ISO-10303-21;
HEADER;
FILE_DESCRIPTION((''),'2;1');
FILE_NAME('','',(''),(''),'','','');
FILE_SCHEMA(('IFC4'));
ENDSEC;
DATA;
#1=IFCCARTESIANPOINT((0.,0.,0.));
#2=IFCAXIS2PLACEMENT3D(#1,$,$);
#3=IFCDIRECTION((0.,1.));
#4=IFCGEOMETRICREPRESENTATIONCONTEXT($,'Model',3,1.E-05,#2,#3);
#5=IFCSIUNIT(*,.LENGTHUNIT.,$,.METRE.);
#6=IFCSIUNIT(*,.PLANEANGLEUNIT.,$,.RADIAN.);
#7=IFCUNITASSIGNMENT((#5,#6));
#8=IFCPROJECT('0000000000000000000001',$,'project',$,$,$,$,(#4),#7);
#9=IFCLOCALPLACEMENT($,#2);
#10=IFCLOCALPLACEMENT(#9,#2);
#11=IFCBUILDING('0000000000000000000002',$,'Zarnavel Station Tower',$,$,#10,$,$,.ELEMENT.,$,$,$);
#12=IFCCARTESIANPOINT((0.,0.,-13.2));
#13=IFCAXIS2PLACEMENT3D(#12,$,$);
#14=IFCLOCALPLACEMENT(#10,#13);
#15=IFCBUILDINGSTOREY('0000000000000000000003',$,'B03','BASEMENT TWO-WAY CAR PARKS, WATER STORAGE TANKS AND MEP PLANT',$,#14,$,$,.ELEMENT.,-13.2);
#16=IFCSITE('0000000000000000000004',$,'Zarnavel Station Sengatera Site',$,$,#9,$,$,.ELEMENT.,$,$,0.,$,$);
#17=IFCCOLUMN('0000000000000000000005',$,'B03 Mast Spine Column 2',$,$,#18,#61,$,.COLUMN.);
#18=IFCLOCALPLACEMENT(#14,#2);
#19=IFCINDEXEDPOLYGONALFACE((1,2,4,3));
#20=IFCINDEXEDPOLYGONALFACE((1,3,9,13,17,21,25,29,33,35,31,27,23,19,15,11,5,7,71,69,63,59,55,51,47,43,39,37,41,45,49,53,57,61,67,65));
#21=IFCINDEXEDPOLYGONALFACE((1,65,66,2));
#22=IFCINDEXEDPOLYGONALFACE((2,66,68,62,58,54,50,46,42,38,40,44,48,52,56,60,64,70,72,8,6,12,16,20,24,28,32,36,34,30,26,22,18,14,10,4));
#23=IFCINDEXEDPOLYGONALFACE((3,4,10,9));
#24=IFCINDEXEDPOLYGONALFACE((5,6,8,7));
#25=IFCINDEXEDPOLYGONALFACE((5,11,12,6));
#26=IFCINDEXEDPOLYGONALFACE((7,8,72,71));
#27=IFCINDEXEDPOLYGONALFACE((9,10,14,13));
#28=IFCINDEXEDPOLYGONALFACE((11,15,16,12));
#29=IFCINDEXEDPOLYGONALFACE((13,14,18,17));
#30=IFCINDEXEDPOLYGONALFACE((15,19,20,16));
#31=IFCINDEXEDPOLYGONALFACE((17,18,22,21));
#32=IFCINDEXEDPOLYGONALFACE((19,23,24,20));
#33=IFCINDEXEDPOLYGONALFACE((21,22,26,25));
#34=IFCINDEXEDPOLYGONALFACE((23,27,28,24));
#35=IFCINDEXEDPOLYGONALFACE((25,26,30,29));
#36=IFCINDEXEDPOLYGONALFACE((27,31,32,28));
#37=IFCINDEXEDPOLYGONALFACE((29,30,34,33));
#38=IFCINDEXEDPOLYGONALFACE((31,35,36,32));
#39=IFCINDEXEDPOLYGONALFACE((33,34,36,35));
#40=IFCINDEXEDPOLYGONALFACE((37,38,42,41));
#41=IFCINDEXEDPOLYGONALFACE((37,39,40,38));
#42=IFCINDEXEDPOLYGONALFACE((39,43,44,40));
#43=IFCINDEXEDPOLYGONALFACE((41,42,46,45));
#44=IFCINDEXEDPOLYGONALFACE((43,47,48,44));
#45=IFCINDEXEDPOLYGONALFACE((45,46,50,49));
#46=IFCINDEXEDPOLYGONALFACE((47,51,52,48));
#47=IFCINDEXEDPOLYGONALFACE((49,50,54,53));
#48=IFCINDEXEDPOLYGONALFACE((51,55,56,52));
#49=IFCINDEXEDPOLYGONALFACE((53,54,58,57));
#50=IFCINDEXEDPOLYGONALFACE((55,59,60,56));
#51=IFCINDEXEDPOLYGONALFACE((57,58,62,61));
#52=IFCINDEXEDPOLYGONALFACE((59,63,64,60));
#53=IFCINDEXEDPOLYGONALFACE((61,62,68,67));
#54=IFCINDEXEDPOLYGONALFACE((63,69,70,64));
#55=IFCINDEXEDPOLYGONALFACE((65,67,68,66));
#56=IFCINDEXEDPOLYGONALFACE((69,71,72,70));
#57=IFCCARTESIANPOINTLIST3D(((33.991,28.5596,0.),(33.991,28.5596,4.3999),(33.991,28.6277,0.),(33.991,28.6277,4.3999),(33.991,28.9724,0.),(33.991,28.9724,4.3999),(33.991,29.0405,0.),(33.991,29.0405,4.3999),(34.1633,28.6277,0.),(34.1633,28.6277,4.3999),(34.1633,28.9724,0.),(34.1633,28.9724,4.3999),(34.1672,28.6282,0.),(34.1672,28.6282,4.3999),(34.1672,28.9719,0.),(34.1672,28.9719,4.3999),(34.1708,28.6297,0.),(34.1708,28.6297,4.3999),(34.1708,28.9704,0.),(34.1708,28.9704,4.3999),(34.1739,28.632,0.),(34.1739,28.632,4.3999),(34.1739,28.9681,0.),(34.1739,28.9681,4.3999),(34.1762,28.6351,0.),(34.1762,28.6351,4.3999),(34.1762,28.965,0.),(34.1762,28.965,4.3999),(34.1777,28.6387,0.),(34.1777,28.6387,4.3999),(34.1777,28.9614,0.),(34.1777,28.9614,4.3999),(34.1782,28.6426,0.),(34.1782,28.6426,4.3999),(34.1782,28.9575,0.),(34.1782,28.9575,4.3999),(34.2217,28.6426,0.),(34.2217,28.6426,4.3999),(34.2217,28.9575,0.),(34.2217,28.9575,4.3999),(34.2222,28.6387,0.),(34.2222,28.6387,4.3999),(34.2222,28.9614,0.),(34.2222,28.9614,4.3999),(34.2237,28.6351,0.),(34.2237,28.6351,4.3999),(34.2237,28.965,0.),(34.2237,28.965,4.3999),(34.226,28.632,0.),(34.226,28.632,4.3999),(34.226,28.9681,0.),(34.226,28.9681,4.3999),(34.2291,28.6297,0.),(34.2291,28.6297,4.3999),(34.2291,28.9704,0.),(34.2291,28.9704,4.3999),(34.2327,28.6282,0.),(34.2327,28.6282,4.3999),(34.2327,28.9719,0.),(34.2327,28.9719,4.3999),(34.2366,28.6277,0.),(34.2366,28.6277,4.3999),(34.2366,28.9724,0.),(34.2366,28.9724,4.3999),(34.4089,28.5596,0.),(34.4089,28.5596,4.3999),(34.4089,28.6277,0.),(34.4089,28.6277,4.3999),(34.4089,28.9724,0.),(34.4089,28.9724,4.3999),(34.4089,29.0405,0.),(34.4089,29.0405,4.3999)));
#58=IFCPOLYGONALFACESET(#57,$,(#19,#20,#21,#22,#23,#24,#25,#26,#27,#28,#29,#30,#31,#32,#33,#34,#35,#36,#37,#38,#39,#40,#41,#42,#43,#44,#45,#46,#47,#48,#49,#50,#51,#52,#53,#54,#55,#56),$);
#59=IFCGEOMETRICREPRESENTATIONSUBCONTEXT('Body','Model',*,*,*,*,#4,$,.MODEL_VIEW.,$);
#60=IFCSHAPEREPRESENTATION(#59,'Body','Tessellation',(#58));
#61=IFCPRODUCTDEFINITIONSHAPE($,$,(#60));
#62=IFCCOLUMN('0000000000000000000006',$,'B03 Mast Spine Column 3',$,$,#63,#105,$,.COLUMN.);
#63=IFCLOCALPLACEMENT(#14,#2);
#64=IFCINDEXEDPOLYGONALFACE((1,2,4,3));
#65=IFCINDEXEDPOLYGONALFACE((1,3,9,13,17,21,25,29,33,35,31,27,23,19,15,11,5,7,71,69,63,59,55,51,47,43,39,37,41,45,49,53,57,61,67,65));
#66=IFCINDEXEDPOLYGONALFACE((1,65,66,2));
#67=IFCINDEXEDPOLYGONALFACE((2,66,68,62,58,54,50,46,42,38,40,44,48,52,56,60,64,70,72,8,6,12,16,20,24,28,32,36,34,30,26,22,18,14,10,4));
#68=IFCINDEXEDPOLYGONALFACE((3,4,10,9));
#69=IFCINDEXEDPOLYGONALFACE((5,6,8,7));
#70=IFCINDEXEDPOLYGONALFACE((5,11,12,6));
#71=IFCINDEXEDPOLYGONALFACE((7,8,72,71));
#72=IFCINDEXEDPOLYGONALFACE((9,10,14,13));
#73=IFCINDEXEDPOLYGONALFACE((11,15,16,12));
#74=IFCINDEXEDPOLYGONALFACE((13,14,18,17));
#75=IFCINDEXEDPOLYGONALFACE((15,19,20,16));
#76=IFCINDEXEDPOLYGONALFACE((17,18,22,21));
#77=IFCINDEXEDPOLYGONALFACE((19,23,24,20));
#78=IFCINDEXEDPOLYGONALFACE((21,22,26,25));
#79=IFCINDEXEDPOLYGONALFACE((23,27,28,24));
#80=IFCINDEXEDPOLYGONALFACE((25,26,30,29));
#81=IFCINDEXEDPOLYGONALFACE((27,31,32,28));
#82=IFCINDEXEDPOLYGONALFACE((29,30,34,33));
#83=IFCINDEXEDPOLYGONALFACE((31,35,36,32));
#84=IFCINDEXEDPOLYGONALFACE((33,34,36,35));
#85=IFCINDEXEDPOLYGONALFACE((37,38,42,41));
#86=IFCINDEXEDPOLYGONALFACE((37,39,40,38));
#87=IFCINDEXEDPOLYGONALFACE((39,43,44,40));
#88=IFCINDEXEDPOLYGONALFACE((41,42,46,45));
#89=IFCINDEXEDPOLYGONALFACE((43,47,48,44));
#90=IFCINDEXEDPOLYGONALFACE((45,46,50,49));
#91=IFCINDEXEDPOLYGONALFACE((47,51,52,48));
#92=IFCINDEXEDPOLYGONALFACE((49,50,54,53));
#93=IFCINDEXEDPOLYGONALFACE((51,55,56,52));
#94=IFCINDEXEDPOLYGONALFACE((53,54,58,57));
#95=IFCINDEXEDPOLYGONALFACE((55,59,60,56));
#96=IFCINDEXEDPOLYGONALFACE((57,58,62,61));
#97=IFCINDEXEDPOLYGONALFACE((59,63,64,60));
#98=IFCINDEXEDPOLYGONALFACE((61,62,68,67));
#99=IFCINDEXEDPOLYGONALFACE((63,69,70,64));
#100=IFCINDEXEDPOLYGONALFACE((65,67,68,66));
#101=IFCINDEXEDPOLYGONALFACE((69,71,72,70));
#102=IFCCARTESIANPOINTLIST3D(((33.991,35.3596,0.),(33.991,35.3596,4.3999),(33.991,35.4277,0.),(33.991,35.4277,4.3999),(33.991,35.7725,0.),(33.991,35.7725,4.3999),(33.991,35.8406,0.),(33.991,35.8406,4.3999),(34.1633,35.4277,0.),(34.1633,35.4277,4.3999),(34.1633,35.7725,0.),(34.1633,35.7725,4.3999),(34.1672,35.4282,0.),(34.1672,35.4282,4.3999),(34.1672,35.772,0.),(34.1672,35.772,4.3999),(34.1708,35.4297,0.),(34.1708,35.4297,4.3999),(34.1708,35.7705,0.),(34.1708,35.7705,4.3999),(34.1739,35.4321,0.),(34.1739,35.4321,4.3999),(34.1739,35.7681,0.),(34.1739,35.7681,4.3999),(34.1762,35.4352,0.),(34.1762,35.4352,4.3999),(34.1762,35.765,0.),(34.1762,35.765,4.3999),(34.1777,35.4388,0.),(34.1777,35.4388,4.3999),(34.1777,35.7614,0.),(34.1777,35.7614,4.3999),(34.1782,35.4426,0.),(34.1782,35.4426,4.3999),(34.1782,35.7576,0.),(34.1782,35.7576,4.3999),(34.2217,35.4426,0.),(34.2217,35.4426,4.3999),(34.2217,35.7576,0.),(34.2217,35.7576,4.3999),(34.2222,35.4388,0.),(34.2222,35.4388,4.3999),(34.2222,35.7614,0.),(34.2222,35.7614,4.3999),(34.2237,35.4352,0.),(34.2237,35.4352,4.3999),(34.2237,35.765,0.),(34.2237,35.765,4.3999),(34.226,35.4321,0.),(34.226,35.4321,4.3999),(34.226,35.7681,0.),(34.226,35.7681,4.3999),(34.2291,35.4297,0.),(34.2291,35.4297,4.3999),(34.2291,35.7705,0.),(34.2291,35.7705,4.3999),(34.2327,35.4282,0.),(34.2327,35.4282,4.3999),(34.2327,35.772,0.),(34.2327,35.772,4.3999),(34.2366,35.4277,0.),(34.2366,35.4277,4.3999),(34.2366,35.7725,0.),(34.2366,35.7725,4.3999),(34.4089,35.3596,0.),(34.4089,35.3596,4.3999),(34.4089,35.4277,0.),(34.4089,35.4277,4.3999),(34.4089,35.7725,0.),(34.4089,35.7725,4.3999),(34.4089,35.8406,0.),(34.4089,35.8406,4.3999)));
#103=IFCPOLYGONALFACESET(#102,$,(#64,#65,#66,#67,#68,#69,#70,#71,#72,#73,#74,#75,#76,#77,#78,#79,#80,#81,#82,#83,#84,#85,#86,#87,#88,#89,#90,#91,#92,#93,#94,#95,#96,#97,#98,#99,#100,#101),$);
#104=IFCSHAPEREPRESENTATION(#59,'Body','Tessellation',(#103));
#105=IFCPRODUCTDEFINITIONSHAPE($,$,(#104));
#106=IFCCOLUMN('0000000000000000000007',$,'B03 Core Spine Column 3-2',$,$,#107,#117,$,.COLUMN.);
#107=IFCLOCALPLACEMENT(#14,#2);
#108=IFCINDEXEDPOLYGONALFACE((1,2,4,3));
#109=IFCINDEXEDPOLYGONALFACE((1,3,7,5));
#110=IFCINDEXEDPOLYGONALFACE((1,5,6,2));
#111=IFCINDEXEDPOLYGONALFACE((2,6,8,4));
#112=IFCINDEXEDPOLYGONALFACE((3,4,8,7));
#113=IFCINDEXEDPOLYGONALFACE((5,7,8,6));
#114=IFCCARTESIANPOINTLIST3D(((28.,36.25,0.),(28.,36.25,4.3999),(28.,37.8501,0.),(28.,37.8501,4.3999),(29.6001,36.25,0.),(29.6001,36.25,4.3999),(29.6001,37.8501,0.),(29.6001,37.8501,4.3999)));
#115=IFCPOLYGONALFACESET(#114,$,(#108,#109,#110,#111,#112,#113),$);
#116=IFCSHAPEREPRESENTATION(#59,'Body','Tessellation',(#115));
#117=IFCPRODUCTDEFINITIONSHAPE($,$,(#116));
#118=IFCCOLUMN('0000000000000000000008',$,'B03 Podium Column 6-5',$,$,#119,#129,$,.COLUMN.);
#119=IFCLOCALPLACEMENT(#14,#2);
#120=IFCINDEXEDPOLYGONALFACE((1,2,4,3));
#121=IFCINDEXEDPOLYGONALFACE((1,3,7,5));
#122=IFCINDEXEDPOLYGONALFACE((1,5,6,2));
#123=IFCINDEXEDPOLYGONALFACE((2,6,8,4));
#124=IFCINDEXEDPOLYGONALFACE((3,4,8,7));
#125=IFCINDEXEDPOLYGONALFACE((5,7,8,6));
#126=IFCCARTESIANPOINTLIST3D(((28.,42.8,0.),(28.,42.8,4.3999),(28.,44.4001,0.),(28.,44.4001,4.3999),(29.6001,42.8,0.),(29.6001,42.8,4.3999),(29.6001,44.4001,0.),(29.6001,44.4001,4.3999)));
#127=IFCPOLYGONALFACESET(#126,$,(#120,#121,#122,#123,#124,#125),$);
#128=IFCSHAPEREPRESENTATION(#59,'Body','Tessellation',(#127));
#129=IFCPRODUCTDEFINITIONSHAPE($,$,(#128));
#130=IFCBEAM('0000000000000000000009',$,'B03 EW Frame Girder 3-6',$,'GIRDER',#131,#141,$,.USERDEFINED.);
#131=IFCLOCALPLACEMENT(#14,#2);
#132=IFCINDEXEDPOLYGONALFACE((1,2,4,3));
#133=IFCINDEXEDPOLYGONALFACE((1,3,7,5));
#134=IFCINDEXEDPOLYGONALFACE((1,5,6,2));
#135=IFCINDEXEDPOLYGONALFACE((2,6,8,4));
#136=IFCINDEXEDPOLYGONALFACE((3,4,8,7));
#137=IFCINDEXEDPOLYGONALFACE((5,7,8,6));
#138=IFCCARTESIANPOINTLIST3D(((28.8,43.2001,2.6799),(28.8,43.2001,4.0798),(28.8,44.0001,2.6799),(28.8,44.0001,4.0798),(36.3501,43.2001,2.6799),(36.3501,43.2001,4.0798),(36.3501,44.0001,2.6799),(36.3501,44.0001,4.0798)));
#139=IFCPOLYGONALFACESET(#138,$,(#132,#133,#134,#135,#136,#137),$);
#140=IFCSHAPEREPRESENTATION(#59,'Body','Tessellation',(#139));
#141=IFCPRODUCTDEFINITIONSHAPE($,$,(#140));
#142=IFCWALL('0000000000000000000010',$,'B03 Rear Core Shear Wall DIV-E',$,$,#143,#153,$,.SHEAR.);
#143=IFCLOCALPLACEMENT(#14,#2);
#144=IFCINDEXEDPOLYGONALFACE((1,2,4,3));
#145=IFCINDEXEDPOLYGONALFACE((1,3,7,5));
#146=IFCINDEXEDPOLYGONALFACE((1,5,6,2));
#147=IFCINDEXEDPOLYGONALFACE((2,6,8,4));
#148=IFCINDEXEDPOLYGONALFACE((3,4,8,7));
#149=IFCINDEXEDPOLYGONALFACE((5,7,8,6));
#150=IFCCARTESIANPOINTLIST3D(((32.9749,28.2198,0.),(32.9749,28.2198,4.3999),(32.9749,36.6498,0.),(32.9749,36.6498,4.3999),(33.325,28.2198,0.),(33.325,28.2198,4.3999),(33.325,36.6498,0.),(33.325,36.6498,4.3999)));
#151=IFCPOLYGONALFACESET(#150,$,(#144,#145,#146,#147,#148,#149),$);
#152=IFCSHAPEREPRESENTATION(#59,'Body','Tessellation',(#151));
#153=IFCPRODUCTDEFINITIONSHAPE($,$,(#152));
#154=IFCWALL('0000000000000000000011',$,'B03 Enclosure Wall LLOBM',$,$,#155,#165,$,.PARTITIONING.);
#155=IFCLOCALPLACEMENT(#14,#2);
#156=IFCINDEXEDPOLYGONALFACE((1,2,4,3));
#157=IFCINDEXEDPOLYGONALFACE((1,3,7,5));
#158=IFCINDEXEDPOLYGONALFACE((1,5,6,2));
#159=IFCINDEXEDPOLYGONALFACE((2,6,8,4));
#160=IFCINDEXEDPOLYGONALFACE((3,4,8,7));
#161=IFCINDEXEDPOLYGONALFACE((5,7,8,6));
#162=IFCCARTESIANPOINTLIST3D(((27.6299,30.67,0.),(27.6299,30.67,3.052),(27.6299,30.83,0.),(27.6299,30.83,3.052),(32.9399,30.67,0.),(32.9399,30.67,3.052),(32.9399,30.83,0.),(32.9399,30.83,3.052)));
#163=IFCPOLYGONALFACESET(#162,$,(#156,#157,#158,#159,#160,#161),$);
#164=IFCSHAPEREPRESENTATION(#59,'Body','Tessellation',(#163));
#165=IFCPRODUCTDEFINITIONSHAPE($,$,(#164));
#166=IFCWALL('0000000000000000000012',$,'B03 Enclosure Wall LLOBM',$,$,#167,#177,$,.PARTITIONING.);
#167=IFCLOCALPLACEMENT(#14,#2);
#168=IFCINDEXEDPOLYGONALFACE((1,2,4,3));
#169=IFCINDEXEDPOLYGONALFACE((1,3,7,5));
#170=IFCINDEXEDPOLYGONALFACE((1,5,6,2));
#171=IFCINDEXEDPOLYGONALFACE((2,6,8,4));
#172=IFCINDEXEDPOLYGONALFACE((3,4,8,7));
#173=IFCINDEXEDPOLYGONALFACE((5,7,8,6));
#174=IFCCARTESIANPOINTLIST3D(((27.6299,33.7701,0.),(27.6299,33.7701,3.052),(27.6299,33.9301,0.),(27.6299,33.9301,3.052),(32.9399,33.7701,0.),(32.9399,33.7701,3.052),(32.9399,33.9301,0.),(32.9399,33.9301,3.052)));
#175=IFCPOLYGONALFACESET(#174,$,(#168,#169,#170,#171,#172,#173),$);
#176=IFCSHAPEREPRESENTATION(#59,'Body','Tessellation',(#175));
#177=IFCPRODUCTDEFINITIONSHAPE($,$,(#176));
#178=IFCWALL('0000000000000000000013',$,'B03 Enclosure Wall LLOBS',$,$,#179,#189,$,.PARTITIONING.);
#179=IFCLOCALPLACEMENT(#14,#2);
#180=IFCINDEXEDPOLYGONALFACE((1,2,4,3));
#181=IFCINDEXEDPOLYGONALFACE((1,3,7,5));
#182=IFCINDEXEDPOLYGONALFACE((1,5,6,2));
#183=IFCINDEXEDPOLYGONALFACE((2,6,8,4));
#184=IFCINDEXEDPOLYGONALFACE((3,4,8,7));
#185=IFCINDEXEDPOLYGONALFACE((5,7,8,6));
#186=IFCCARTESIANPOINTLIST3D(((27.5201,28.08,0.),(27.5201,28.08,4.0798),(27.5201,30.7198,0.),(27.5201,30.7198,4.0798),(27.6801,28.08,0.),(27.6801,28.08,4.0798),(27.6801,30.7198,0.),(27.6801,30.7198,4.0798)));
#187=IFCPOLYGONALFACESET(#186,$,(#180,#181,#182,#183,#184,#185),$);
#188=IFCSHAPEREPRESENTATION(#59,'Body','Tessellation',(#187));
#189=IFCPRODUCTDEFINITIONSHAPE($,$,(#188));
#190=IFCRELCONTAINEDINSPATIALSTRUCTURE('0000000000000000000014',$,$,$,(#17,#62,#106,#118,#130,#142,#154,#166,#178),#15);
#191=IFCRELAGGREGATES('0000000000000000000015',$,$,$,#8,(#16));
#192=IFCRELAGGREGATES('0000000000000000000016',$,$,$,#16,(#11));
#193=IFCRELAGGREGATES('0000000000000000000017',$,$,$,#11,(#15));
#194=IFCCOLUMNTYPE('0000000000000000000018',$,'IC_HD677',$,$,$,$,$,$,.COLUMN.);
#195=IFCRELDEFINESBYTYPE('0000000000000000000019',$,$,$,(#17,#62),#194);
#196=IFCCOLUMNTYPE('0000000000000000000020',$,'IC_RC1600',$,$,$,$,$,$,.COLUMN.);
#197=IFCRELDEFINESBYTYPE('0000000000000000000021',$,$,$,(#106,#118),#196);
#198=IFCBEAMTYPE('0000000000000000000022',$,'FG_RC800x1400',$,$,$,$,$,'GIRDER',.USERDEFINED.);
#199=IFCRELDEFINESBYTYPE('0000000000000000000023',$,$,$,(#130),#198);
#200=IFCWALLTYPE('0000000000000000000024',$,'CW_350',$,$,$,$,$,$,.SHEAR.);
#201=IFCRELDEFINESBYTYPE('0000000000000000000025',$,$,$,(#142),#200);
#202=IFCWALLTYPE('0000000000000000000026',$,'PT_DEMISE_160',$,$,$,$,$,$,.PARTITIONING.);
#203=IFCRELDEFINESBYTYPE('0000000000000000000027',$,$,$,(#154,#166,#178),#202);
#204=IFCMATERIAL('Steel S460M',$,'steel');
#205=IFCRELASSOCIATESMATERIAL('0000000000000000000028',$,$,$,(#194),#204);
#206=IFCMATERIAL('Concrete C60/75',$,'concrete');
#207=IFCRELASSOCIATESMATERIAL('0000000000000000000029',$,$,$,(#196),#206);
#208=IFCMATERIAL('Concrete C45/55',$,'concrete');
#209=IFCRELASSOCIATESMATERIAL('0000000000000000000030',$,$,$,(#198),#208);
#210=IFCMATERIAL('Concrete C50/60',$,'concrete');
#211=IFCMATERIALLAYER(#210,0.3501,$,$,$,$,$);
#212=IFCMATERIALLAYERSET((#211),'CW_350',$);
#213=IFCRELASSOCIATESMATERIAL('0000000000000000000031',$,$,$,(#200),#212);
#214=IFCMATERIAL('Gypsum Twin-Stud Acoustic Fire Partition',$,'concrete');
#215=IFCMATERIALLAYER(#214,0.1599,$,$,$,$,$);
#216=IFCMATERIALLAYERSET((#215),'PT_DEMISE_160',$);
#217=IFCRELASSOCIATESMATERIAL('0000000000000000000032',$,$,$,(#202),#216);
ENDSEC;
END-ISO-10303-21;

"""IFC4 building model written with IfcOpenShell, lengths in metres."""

from ifc_helpers import new_model, si_unit, direction, frame, frame_2d, origin, origin_2d, place, context, subcontext, project, spatial, rectangle, i_section, extrude, material, layer, layer_set, material_profile, profile_set, type_object, element, save


model = new_model("IFC4")

# Units and contexts
model_context = context("Model", 3, precision=1e-05, world=origin(), true_north=direction((0.0, 1.0)))
body_context = subcontext(model_context, "Body", "Model", "MODEL_VIEW")
ifc_project = project(units=[si_unit("LENGTHUNIT", "METRE"), si_unit("PLANEANGLEUNIT", "RADIAN")], contexts=[model_context])

# Site, building, storey
site_placement = place(None, origin())
site = spatial("IfcSite", under=ifc_project, at=site_placement, Name="Zarnavel Station Sengatera Site", CompositionType="ELEMENT", RefElevation=0.0)
building_placement = place(site_placement, origin())
building = spatial("IfcBuilding", under=site, at=building_placement, Name="Zarnavel Station Tower", CompositionType="ELEMENT")
storey_placement = place(building_placement, frame((0.0, 0.0, -13.2)))
storey = spatial("IfcBuildingStorey", under=building, at=storey_placement, Name="B03", Description="BASEMENT TWO-WAY CAR PARKS, WATER STORAGE TANKS AND MEP PLANT", CompositionType="ELEMENT", Elevation=-13.2)

# Columns
ifc_material_1 = material(Name="Steel S460M", Category="steel")
ifc_material_profile_1 = material_profile(ifc_material_1, i_section(OverallWidth=0.418, OverallDepth=0.481, WebThickness=0.0435, FlangeThickness=0.0681, FilletRadius=0.0149, at=origin_2d()), Name="HD400x677")
ifc_profile_set_1 = profile_set([ifc_material_profile_1], Name="Steel S460M")
column_type_1 = type_object("IfcColumnType", Name="IC_HD677", PredefinedType="COLUMN", material=ifc_profile_set_1)
for number, where, z_axis, x_axis, name in (
    (1, (34.2, 28.8, 0.0), (0.0, 0.0, 1.0), (1.0, 0.0, 0.0), "B03 Mast Spine Column 2"),
    (2, (34.2, 35.6001, 0.0), (0.0, 0.0, 1.0), (1.0, 0.0, 0.0), "B03 Mast Spine Column 3"),
):
    element("IfcColumn", number, at=place(storey_placement, frame(where, z_axis=z_axis, x_axis=x_axis)), inside=storey, type_object=column_type_1, Name=name, PredefinedType="COLUMN", context=body_context, shape_type="SweptSolid", body=[
        extrude(i_section(OverallWidth=0.418, OverallDepth=0.481, WebThickness=0.0435, FlangeThickness=0.0681, FilletRadius=0.0149, at=origin_2d()), origin(), (0.0, 0.0, 1.0), 4.3999),
    ])
ifc_material_2 = material(Name="Concrete C60/75", Category="concrete")
ifc_material_profile_2 = material_profile(ifc_material_2, rectangle(XDim=1.6001, YDim=1.6001, at=origin_2d()), Name="RC1600x1600")
ifc_profile_set_2 = profile_set([ifc_material_profile_2], Name="Concrete C60/75")
column_type_2 = type_object("IfcColumnType", Name="IC_RC1600", PredefinedType="COLUMN", material=ifc_profile_set_2)
for number, where, z_axis, x_axis, name in (
    (3, (28.8, 37.05, 0.0), (0.0, 0.0, 1.0), (1.0, 0.0, 0.0), "B03 Core Spine Column 3-2"),
    (4, (28.8, 43.6001, 0.0), (0.0, 0.0, 1.0), (1.0, 0.0, 0.0), "B03 Podium Column 6-5"),
):
    element("IfcColumn", number, at=place(storey_placement, frame(where, z_axis=z_axis, x_axis=x_axis)), inside=storey, type_object=column_type_2, Name=name, PredefinedType="COLUMN", context=body_context, shape_type="SweptSolid", body=[
        extrude(rectangle(XDim=1.6001, YDim=1.6001, at=origin_2d()), origin(), (0.0, 0.0, 1.0), 4.3999),
    ])

# Beam
ifc_material_3 = material(Name="Concrete C45/55", Category="concrete")
ifc_material_profile_3 = material_profile(ifc_material_3, rectangle(XDim=0.8, YDim=1.3999, at=origin_2d()), Name="RC800x1400")
ifc_profile_set_3 = profile_set([ifc_material_profile_3], Name="Concrete C45/55")
beam_type = type_object("IfcBeamType", Name="FG_RC800x1400", ElementType="GIRDER", PredefinedType="USERDEFINED", material=ifc_profile_set_3)
beam_placement = place(storey_placement, frame((28.8, 43.6001, 3.3799), z_axis=(1.0, 0.0, 0.0), x_axis=(0.0, 1.0, 0.0)))
element("IfcBeam", 5, at=beam_placement, inside=storey, type_object=beam_type, Name="B03 EW Frame Girder 3-6", ObjectType="GIRDER", PredefinedType="USERDEFINED", context=body_context, shape_type="SweptSolid", body=[
    extrude(rectangle(XDim=0.8, YDim=1.3999, at=origin_2d()), origin(), (0.0, 0.0, 1.0), 7.55),
])

# Walls
ifc_material_4 = material(Name="Concrete C50/60", Category="concrete")
ifc_layer_1 = layer(ifc_material_4, 0.3501)
ifc_layer_set_1 = layer_set([ifc_layer_1], Name="CW_350")
wall_type_1 = type_object("IfcWallType", Name="CW_350", PredefinedType="SHEAR", material=ifc_layer_set_1)
wall_1_placement = place(storey_placement, frame((33.1499, 28.22, 0.0), z_axis=(0.0, 0.0, 1.0), x_axis=(0.0, 1.0, 0.0)))
element("IfcWall", 6, at=wall_1_placement, inside=storey, type_object=wall_type_1, Name="B03 Rear Core Shear Wall DIV-E", PredefinedType="SHEAR", context=body_context, shape_type="SweptSolid", body=[
    extrude(rectangle(XDim=8.4299, YDim=0.3501, at=frame_2d((4.2148, 0.0))), origin(), (0.0, 0.0, 1.0), 4.3999),
])
ifc_material_5 = material(Name="Gypsum Twin-Stud Acoustic Fire Partition", Category="concrete")
ifc_layer_2 = layer(ifc_material_5, 0.1599)
ifc_layer_set_2 = layer_set([ifc_layer_2], Name="PT_DEMISE_160")
wall_type_2 = type_object("IfcWallType", Name="PT_DEMISE_160", PredefinedType="PARTITIONING", material=ifc_layer_set_2)
for number, where, z_axis, x_axis, name in (
    (7, (27.6299, 30.75, 0.0), (0.0, 0.0, 1.0), (1.0, 0.0, 0.0), "B03 Enclosure Wall LLOBM"),
    (8, (27.6299, 33.8501, 0.0), (0.0, 0.0, 1.0), (1.0, 0.0, 0.0), "B03 Enclosure Wall LLOBM"),
):
    element("IfcWall", number, at=place(storey_placement, frame(where, z_axis=z_axis, x_axis=x_axis)), inside=storey, type_object=wall_type_2, Name=name, PredefinedType="PARTITIONING", context=body_context, shape_type="SweptSolid", body=[
        extrude(rectangle(XDim=5.3101, YDim=0.1599, at=frame_2d((2.655, 0.0))), origin(), (0.0, 0.0, 1.0), 3.052),
    ])
wall_2_placement = place(storey_placement, frame((27.6001, 28.0801, 0.0), z_axis=(0.0, 0.0, 1.0), x_axis=(0.0, 1.0, 0.0)))
element("IfcWall", 9, at=wall_2_placement, inside=storey, type_object=wall_type_2, Name="B03 Enclosure Wall LLOBS", PredefinedType="PARTITIONING", context=body_context, shape_type="SweptSolid", body=[
    extrude(rectangle(XDim=2.6399, YDim=0.1599, at=frame_2d((1.3198, 0.0))), origin(), (0.0, 0.0, 1.0), 4.0798),
])

save(model, "model.ifc")
